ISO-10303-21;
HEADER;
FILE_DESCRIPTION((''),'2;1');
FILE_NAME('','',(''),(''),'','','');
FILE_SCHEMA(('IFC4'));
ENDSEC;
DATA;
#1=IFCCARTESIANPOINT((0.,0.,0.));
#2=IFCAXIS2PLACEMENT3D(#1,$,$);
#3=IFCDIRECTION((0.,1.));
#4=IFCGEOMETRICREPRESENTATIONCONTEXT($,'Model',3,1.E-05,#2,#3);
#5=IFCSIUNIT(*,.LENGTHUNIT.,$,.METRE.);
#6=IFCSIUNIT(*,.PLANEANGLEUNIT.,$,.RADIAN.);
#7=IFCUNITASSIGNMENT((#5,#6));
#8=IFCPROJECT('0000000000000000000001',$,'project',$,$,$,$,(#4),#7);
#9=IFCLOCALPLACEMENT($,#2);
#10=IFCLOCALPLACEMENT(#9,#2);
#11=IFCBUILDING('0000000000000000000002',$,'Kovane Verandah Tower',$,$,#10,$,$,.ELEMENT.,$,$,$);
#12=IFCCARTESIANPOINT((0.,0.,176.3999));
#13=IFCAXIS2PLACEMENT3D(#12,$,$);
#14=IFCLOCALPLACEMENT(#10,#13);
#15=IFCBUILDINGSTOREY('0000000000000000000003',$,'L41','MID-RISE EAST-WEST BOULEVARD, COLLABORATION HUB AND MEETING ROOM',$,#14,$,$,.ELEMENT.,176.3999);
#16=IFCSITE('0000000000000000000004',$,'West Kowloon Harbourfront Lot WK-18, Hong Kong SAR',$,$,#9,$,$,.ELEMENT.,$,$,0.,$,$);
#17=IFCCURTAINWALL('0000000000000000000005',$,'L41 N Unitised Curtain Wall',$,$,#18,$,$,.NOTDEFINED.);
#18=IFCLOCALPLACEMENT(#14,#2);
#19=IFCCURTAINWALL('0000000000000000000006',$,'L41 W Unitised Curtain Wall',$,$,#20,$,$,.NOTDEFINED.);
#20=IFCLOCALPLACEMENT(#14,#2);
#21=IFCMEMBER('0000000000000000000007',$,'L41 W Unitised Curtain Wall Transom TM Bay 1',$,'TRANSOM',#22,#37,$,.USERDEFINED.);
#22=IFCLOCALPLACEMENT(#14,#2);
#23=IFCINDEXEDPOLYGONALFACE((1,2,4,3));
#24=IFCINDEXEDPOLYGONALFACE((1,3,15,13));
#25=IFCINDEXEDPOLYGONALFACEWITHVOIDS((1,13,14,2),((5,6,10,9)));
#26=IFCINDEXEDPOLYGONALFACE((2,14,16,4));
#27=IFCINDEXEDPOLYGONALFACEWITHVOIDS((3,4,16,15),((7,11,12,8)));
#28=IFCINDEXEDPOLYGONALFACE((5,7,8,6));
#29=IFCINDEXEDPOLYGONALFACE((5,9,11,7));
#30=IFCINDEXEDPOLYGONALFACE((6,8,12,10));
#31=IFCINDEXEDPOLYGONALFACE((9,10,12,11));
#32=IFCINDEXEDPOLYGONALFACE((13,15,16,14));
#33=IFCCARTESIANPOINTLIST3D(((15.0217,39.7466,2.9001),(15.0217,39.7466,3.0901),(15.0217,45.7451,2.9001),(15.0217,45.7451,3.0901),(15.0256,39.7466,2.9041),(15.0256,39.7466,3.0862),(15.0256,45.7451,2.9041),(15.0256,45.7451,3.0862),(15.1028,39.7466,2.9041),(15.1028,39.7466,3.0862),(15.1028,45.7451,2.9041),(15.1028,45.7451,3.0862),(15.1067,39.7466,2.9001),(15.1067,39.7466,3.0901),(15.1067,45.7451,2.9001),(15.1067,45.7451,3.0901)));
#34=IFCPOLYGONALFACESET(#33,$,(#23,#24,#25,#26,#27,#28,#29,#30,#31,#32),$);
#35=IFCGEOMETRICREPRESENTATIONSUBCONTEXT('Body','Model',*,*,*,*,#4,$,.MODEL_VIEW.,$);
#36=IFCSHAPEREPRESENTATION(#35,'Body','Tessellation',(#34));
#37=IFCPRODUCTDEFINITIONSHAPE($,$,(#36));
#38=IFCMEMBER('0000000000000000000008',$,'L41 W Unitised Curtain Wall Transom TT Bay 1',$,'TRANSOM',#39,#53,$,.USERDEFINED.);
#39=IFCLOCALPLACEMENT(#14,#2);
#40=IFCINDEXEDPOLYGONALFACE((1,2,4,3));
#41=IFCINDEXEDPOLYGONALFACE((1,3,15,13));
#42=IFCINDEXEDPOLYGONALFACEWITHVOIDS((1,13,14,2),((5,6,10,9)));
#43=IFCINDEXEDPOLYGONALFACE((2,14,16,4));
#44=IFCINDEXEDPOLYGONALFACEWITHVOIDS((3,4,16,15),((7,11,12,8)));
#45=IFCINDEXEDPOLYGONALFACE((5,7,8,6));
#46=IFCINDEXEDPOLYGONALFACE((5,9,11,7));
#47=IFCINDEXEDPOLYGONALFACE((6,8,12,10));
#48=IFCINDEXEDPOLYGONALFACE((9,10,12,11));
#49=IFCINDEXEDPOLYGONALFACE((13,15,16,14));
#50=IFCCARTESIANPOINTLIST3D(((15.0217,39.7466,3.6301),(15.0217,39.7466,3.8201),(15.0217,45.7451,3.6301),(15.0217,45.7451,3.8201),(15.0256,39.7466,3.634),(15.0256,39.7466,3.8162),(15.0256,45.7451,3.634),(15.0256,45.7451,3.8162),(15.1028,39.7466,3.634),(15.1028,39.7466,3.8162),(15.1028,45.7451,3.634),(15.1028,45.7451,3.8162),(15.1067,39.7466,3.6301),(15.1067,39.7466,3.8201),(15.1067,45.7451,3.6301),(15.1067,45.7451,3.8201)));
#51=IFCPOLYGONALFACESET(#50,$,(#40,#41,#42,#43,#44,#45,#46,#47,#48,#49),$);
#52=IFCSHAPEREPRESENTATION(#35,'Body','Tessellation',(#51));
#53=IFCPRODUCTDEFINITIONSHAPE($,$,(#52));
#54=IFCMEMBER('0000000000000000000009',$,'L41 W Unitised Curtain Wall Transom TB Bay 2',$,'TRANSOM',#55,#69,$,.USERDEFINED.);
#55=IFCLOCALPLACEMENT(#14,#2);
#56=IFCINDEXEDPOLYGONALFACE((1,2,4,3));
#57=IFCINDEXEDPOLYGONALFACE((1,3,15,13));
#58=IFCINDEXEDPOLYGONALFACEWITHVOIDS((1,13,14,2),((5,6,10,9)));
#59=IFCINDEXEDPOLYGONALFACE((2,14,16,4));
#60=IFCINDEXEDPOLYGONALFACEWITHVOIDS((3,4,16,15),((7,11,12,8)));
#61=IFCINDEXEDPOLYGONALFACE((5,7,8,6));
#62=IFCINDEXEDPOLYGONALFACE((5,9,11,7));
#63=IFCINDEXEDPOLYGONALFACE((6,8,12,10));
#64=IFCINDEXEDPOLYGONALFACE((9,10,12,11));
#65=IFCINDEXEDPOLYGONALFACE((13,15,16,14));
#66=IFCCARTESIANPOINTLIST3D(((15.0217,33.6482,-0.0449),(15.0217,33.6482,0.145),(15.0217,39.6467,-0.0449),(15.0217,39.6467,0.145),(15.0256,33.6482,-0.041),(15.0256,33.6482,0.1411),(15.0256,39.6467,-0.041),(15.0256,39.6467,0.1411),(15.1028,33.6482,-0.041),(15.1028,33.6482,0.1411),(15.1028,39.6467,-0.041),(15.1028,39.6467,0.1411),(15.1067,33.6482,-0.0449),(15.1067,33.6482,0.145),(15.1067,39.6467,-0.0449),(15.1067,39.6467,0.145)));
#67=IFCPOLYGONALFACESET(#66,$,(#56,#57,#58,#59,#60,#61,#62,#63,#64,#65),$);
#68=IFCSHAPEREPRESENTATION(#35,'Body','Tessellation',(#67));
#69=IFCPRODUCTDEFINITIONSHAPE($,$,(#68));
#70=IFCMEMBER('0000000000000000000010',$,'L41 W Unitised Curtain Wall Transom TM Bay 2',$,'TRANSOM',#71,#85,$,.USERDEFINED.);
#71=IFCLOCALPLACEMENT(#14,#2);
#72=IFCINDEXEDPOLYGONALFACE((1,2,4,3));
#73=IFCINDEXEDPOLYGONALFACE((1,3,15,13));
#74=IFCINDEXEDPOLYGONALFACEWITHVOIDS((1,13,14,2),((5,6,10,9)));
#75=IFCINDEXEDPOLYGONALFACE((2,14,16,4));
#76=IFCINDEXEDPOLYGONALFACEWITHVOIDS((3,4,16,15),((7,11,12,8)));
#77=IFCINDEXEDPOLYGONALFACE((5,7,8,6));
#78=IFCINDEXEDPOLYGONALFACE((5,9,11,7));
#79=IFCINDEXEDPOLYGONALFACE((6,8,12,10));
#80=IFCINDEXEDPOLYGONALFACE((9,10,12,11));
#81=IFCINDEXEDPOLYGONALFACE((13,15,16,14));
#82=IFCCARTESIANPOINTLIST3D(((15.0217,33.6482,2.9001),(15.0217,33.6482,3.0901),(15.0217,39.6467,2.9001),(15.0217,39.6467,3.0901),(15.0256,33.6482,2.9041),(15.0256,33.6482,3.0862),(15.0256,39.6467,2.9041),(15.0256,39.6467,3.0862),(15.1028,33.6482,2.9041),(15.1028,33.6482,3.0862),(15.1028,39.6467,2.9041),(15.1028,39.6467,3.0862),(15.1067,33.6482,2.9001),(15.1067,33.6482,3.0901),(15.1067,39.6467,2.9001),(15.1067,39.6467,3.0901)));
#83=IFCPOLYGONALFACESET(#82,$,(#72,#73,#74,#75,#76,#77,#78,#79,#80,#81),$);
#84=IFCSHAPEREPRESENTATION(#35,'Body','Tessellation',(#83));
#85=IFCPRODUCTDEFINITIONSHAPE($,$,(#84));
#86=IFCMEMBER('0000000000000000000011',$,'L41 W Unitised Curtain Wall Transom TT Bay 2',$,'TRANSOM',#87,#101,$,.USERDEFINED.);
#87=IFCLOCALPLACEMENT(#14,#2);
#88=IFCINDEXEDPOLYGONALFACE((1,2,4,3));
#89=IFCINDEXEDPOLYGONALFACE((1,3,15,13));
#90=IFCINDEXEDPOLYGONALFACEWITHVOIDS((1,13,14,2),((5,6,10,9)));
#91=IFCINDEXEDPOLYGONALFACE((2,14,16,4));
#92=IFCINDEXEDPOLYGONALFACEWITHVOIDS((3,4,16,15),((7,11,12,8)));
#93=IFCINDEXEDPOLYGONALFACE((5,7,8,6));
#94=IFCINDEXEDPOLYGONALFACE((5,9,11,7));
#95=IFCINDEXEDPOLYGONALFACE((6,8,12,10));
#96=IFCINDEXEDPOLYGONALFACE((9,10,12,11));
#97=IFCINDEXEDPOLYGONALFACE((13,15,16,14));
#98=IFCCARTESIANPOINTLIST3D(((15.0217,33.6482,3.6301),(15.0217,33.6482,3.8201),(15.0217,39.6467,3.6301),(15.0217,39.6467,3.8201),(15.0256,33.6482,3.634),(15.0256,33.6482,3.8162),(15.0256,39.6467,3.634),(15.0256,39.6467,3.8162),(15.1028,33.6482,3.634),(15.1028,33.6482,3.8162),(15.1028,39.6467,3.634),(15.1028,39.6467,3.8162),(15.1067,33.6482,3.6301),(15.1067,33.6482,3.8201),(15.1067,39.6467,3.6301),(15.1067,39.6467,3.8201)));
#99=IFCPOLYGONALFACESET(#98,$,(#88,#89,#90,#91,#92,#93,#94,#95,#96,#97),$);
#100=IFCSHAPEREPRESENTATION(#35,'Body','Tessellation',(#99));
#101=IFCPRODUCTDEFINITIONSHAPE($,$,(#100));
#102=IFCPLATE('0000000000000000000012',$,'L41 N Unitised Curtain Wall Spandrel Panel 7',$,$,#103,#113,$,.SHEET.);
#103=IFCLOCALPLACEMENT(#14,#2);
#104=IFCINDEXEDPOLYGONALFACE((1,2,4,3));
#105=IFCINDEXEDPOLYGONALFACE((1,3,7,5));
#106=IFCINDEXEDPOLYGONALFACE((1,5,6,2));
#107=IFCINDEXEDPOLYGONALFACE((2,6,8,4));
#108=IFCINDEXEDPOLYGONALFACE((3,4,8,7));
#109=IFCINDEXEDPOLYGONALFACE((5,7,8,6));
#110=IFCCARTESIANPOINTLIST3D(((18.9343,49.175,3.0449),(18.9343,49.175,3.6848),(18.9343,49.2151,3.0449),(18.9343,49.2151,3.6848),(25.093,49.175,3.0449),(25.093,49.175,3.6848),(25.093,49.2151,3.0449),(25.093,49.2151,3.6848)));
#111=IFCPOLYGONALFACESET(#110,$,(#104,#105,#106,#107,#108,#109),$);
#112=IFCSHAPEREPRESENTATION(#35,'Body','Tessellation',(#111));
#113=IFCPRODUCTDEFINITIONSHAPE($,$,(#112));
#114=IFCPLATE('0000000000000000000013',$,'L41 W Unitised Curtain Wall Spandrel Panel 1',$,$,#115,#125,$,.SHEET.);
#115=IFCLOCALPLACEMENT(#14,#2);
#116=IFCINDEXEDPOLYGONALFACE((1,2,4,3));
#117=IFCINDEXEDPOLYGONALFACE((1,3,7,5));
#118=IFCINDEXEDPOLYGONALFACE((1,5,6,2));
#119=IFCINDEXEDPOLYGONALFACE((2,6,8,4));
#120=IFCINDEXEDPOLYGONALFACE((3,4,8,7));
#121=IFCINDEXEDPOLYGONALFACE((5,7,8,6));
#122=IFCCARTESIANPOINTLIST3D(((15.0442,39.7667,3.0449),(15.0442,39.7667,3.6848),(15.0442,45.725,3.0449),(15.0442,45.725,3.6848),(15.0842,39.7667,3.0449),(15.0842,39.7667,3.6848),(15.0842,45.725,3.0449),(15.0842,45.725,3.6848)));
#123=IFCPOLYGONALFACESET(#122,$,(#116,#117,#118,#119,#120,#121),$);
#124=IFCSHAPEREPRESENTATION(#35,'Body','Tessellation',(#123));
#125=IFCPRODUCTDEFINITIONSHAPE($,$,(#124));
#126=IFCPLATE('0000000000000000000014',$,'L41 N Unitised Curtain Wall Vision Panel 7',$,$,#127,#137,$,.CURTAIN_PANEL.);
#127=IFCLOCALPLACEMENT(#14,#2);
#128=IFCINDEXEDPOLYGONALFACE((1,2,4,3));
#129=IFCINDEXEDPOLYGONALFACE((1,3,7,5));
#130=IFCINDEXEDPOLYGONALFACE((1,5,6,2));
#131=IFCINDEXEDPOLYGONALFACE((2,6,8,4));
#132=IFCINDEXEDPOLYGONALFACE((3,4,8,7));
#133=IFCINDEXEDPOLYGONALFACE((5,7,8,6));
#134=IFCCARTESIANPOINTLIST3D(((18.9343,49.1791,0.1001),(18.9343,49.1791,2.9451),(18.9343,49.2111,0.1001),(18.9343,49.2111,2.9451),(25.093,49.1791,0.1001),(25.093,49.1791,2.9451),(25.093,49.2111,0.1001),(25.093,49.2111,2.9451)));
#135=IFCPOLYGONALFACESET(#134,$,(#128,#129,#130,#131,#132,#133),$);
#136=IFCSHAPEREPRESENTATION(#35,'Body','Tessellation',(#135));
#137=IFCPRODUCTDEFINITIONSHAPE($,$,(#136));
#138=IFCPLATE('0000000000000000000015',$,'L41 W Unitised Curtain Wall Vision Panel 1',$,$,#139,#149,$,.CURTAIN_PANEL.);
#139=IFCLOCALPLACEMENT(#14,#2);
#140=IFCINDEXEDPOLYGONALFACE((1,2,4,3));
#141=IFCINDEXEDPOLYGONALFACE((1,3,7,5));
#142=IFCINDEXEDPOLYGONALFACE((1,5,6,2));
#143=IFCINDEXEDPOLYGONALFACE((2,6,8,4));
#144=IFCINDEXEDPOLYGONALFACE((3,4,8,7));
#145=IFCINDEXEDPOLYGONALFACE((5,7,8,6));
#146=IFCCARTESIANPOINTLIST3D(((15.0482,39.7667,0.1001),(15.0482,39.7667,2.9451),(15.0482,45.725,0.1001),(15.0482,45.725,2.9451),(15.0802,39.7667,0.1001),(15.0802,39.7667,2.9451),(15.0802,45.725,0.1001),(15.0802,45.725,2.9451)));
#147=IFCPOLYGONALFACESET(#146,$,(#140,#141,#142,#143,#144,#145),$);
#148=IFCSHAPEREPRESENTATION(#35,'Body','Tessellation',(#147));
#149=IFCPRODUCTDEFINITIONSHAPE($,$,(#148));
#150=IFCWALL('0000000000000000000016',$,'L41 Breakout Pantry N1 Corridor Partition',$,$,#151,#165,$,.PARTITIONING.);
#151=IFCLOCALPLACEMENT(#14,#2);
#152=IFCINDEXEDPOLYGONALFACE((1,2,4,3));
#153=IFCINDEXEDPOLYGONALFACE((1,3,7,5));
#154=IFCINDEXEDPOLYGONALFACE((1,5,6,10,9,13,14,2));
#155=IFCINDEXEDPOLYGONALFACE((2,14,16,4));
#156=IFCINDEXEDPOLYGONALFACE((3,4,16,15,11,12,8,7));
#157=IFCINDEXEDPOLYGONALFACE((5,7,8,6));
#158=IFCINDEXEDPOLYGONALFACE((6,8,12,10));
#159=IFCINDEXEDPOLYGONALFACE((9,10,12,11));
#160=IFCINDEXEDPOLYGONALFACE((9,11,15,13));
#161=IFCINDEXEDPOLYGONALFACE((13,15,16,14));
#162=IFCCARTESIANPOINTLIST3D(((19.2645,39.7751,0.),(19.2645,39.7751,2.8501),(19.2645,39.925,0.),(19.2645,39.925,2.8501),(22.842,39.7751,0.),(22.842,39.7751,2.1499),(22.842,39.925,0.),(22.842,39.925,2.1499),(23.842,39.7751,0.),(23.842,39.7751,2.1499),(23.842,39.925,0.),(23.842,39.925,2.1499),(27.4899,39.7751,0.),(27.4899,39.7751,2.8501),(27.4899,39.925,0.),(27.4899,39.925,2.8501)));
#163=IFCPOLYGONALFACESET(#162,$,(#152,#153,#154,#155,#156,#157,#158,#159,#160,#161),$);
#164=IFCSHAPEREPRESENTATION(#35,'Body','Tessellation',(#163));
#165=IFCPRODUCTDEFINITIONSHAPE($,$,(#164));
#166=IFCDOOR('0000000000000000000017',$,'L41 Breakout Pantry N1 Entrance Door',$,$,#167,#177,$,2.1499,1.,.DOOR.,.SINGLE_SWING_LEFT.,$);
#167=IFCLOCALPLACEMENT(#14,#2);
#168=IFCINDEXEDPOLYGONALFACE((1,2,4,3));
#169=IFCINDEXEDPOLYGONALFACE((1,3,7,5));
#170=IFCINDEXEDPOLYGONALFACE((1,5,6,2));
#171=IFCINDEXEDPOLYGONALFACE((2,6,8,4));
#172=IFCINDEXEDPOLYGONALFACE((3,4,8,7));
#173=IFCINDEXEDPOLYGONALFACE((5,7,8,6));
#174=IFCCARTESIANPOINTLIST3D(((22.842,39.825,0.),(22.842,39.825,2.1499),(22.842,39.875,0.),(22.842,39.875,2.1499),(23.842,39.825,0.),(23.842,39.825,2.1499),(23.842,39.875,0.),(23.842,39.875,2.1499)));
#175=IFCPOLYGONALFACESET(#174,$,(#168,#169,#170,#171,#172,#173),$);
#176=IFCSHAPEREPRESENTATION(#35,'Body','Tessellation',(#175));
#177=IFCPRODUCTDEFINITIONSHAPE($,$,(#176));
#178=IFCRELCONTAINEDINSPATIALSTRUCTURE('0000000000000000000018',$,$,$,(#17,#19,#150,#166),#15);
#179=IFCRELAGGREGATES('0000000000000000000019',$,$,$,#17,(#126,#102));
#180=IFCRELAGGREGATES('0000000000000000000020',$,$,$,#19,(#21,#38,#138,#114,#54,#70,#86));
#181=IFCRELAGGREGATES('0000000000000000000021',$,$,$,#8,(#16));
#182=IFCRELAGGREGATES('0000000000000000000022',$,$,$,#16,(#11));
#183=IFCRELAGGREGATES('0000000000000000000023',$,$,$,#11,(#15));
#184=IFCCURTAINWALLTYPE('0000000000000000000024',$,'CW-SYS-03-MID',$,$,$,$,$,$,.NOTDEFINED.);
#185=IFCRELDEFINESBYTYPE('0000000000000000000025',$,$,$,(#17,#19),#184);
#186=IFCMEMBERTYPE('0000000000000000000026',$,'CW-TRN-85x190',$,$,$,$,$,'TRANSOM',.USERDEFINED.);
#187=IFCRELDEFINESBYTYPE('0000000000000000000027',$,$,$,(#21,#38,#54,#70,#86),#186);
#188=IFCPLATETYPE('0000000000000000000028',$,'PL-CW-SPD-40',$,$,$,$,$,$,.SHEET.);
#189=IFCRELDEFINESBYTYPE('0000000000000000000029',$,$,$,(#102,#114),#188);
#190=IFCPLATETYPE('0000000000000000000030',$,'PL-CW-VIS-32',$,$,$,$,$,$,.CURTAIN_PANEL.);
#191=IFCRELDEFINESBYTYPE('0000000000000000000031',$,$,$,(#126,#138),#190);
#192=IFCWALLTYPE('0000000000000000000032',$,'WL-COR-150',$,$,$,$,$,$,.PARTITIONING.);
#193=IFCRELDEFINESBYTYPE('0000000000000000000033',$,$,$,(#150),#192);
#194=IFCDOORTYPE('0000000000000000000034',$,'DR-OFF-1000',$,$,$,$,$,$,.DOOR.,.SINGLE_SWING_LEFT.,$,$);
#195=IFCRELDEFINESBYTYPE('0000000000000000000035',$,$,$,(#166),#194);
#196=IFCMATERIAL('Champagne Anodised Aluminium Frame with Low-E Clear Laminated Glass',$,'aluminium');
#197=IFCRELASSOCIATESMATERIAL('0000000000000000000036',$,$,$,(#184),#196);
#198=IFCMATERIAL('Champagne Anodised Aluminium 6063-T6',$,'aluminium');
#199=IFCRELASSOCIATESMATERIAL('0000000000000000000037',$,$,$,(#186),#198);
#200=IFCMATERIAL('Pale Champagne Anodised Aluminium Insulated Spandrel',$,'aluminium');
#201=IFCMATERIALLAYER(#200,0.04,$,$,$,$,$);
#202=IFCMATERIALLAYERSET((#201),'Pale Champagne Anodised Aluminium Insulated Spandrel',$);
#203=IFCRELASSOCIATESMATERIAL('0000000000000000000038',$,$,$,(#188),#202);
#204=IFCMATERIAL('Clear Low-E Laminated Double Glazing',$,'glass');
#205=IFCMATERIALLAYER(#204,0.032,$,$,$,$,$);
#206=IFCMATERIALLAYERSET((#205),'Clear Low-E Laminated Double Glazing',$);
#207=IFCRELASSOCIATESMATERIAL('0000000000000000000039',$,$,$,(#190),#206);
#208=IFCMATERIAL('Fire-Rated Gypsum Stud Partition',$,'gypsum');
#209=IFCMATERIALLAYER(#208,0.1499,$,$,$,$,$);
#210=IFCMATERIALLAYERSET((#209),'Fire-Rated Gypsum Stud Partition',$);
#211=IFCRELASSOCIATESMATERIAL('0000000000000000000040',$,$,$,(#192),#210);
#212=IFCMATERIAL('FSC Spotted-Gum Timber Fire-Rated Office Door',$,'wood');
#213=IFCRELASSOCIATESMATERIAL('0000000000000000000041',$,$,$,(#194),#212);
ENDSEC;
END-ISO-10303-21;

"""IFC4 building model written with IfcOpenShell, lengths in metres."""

from ifc_helpers import new_model, si_unit, direction, frame, frame_2d, origin, origin_2d, place, context, subcontext, project, spatial, rectangle, hollow_rectangle, extrude, material, layer, layer_set, material_profile, profile_set, type_object, element, fill, aggregate, save


model = new_model("IFC4")

# Units and contexts
model_context = context("Model", 3, precision=1e-05, world=origin(), true_north=direction((0.0, 1.0)))
body_context = subcontext(model_context, "Body", "Model", "MODEL_VIEW")
ifc_project = project(units=[si_unit("LENGTHUNIT", "METRE"), si_unit("PLANEANGLEUNIT", "RADIAN")], contexts=[model_context])

# Site, building, storey
site_placement = place(None, origin())
site = spatial("IfcSite", under=ifc_project, at=site_placement, Name="West Kowloon Harbourfront Lot WK-18, Hong Kong SAR", CompositionType="ELEMENT", RefElevation=0.0)
building_placement = place(site_placement, origin())
building = spatial("IfcBuilding", under=site, at=building_placement, Name="Kovane Verandah Tower", CompositionType="ELEMENT")
storey_placement = place(building_placement, frame((0.0, 0.0, 176.3999)))
storey = spatial("IfcBuildingStorey", under=building, at=storey_placement, Name="L41", Description="MID-RISE EAST-WEST BOULEVARD, COLLABORATION HUB AND MEETING ROOM", CompositionType="ELEMENT", Elevation=176.3999)

# Curtain wall
ifc_material_1 = material(Name="Champagne Anodised Aluminium Frame with Low-E Clear Laminated Glass", Category="aluminium")
curtain_wall_type = type_object("IfcCurtainWallType", Name="CW-SYS-03-MID", PredefinedType="NOTDEFINED", material=ifc_material_1)
curtain_wall_1_placement = place(storey_placement, origin())
curtain_wall_1 = element("IfcCurtainWall", 1, at=curtain_wall_1_placement, inside=storey, type_object=curtain_wall_type, Name="L41 N Unitised Curtain Wall", PredefinedType="NOTDEFINED")
ifc_material_2 = material(Name="Champagne Anodised Aluminium 6063-T6", Category="aluminium")

# Curtain wall, members
curtain_wall_2_placement = place(storey_placement, origin())
curtain_wall_2 = element("IfcCurtainWall", 2, at=curtain_wall_2_placement, inside=storey, type_object=curtain_wall_type, Name="L41 W Unitised Curtain Wall", PredefinedType="NOTDEFINED")
ifc_material_profile_1 = material_profile(ifc_material_2, hollow_rectangle(XDim=0.085, YDim=0.1899, WallThickness=0.0039, at=origin_2d()), Name="AL85x190x4")
ifc_profile_set_1 = profile_set([ifc_material_profile_1], Name="Champagne Anodised Aluminium 6063-T6")
member_type_1 = type_object("IfcMemberType", Name="CW-TRN-85x190", ElementType="TRANSOM", PredefinedType="USERDEFINED", material=ifc_profile_set_1)
member_1_placement = place(storey_placement, frame((15.0642, 45.7451, 2.9951), z_axis=(0.0, -1.0, 0.0), x_axis=(1.0, 0.0, 0.0)))
member_1 = element("IfcMember", 3, at=member_1_placement, type_object=member_type_1, Name="L41 W Unitised Curtain Wall Transom TM Bay 1", ObjectType="TRANSOM", PredefinedType="USERDEFINED", context=body_context, shape_type="SweptSolid", body=[
    extrude(hollow_rectangle(XDim=0.085, YDim=0.1899, WallThickness=0.0039, at=origin_2d()), origin(), (0.0, 0.0, 1.0), 5.9985),
])
member_2_placement = place(storey_placement, frame((15.0642, 45.7451, 3.7251), z_axis=(0.0, -1.0, 0.0), x_axis=(1.0, 0.0, 0.0)))
member_2 = element("IfcMember", 4, at=member_2_placement, type_object=member_type_1, Name="L41 W Unitised Curtain Wall Transom TT Bay 1", ObjectType="TRANSOM", PredefinedType="USERDEFINED", context=body_context, shape_type="SweptSolid", body=[
    extrude(hollow_rectangle(XDim=0.085, YDim=0.1899, WallThickness=0.0039, at=origin_2d()), origin(), (0.0, 0.0, 1.0), 5.9985),
])
member_3_placement = place(storey_placement, frame((15.0642, 39.6467, 0.05), z_axis=(0.0, -1.0, 0.0), x_axis=(1.0, 0.0, 0.0)))
member_3 = element("IfcMember", 5, at=member_3_placement, type_object=member_type_1, Name="L41 W Unitised Curtain Wall Transom TB Bay 2", ObjectType="TRANSOM", PredefinedType="USERDEFINED", context=body_context, shape_type="SweptSolid", body=[
    extrude(hollow_rectangle(XDim=0.085, YDim=0.1899, WallThickness=0.0039, at=origin_2d()), origin(), (0.0, 0.0, 1.0), 5.9985),
])
member_4_placement = place(storey_placement, frame((15.0642, 39.6467, 2.9951), z_axis=(0.0, -1.0, 0.0), x_axis=(1.0, 0.0, 0.0)))
member_4 = element("IfcMember", 6, at=member_4_placement, type_object=member_type_1, Name="L41 W Unitised Curtain Wall Transom TM Bay 2", ObjectType="TRANSOM", PredefinedType="USERDEFINED", context=body_context, shape_type="SweptSolid", body=[
    extrude(hollow_rectangle(XDim=0.085, YDim=0.1899, WallThickness=0.0039, at=origin_2d()), origin(), (0.0, 0.0, 1.0), 5.9985),
])
member_5_placement = place(storey_placement, frame((15.0642, 39.6467, 3.7251), z_axis=(0.0, -1.0, 0.0), x_axis=(1.0, 0.0, 0.0)))
member_5 = element("IfcMember", 7, at=member_5_placement, type_object=member_type_1, Name="L41 W Unitised Curtain Wall Transom TT Bay 2", ObjectType="TRANSOM", PredefinedType="USERDEFINED", context=body_context, shape_type="SweptSolid", body=[
    extrude(hollow_rectangle(XDim=0.085, YDim=0.1899, WallThickness=0.0039, at=origin_2d()), origin(), (0.0, 0.0, 1.0), 5.9985),
])

# Plates
ifc_material_3 = material(Name="Pale Champagne Anodised Aluminium Insulated Spandrel", Category="aluminium")
ifc_layer_1 = layer(ifc_material_3, 0.04)
ifc_layer_set_1 = layer_set([ifc_layer_1], Name="Pale Champagne Anodised Aluminium Insulated Spandrel")
plate_type_1 = type_object("IfcPlateType", Name="PL-CW-SPD-40", PredefinedType="SHEET", material=ifc_layer_set_1)
plate_1_placement = place(storey_placement, frame((22.0137, 49.1951, 3.0449), z_axis=(0.0, 0.0, 1.0), x_axis=(-1.0, 0.0, 0.0)))
plate_1 = element("IfcPlate", 8, at=plate_1_placement, type_object=plate_type_1, Name="L41 N Unitised Curtain Wall Spandrel Panel 7", PredefinedType="SHEET", context=body_context, shape_type="SweptSolid", body=[
    extrude(rectangle(XDim=6.1587, YDim=0.04, at=origin_2d()), origin(), (0.0, 0.0, 1.0), 0.6399),
])
plate_2_placement = place(storey_placement, frame((15.0642, 42.7458, 3.0449), z_axis=(0.0, 0.0, 1.0), x_axis=(0.0, -1.0, 0.0)))
plate_2 = element("IfcPlate", 9, at=plate_2_placement, type_object=plate_type_1, Name="L41 W Unitised Curtain Wall Spandrel Panel 1", PredefinedType="SHEET", context=body_context, shape_type="SweptSolid", body=[
    extrude(rectangle(XDim=5.9583, YDim=0.04, at=origin_2d()), origin(), (0.0, 0.0, 1.0), 0.6399),
])
ifc_material_4 = material(Name="Clear Low-E Laminated Double Glazing", Category="glass")
ifc_layer_2 = layer(ifc_material_4, 0.032)
ifc_layer_set_2 = layer_set([ifc_layer_2], Name="Clear Low-E Laminated Double Glazing")
plate_type_2 = type_object("IfcPlateType", Name="PL-CW-VIS-32", PredefinedType="CURTAIN_PANEL", material=ifc_layer_set_2)
plate_3_placement = place(storey_placement, frame((22.0137, 49.1951, 0.1001), z_axis=(0.0, 0.0, 1.0), x_axis=(-1.0, 0.0, 0.0)))
plate_3 = element("IfcPlate", 10, at=plate_3_placement, type_object=plate_type_2, Name="L41 N Unitised Curtain Wall Vision Panel 7", PredefinedType="CURTAIN_PANEL", context=body_context, shape_type="SweptSolid", body=[
    extrude(rectangle(XDim=6.1587, YDim=0.032, at=origin_2d()), origin(), (0.0, 0.0, 1.0), 2.845),
])
aggregate(curtain_wall_1, [plate_3, plate_1])
plate_4_placement = place(storey_placement, frame((15.0642, 42.7458, 0.1001), z_axis=(0.0, 0.0, 1.0), x_axis=(0.0, -1.0, 0.0)))
plate_4 = element("IfcPlate", 11, at=plate_4_placement, type_object=plate_type_2, Name="L41 W Unitised Curtain Wall Vision Panel 1", PredefinedType="CURTAIN_PANEL", context=body_context, shape_type="SweptSolid", body=[
    extrude(rectangle(XDim=5.9583, YDim=0.032, at=origin_2d()), origin(), (0.0, 0.0, 1.0), 2.845),
])
aggregate(curtain_wall_2, [member_1, member_2, plate_4, plate_2, member_3, member_4, member_5])

# Wall, opening, door
ifc_material_5 = material(Name="Fire-Rated Gypsum Stud Partition", Category="gypsum")
ifc_layer_3 = layer(ifc_material_5, 0.1499)
ifc_layer_set_3 = layer_set([ifc_layer_3], Name="Fire-Rated Gypsum Stud Partition")
wall_type_1 = type_object("IfcWallType", Name="WL-COR-150", PredefinedType="PARTITIONING", material=ifc_layer_set_3)
wall_1_placement = place(storey_placement, frame((19.2644, 39.8501, 0.0), z_axis=(0.0, 0.0, 1.0), x_axis=(1.0, 0.0, 0.0)))
wall_1 = element("IfcWall", 12, at=wall_1_placement, inside=storey, type_object=wall_type_1, Name="L41 Breakout Pantry N1 Corridor Partition", PredefinedType="PARTITIONING", context=body_context, shape_type="SweptSolid", body=[
    extrude(rectangle(XDim=8.2253, YDim=0.1499, at=frame_2d((4.1128, 0.0))), origin(), (0.0, 0.0, 1.0), 2.8501),
])
opening_1_placement = place(wall_1_placement, frame((3.5776, 0.0, 0.0)))
opening_1 = element("IfcOpeningElement", 13, at=opening_1_placement, cuts=wall_1, PredefinedType="OPENING", context=body_context, shape_type="SweptSolid", body=[
    extrude(rectangle(XDim=1.0, YDim=2.1499, at=frame_2d((0.5, 1.075))), frame((0.0, 0.075, 0.0), z_axis=(0.0, -1.0, 0.0), x_axis=(1.0, 0.0, 0.0)), (0.0, 0.0, 1.0), 0.1499),
])
ifc_material_6 = material(Name="FSC Spotted-Gum Timber Fire-Rated Office Door", Category="wood")
door_type = type_object("IfcDoorType", Name="DR-OFF-1000", OperationType="SINGLE_SWING_LEFT", PredefinedType="DOOR", material=ifc_material_6)
door_placement = place(opening_1_placement, origin())
door = element("IfcDoor", 14, at=door_placement, inside=storey, type_object=door_type, Name="L41 Breakout Pantry N1 Entrance Door", OperationType="SINGLE_SWING_LEFT", OverallHeight=2.1499, OverallWidth=1.0, PredefinedType="DOOR", context=body_context, shape_type="SweptSolid", body=[
    extrude(rectangle(XDim=1.0, YDim=2.1499, at=frame_2d((0.5, 1.075))), frame((0.0, 0.0249, 0.0), z_axis=(0.0, -1.0, 0.0), x_axis=(1.0, 0.0, 0.0)), (0.0, 0.0, 1.0), 0.05),
])
fill(opening_1, door)

save(model, "model.ifc")
